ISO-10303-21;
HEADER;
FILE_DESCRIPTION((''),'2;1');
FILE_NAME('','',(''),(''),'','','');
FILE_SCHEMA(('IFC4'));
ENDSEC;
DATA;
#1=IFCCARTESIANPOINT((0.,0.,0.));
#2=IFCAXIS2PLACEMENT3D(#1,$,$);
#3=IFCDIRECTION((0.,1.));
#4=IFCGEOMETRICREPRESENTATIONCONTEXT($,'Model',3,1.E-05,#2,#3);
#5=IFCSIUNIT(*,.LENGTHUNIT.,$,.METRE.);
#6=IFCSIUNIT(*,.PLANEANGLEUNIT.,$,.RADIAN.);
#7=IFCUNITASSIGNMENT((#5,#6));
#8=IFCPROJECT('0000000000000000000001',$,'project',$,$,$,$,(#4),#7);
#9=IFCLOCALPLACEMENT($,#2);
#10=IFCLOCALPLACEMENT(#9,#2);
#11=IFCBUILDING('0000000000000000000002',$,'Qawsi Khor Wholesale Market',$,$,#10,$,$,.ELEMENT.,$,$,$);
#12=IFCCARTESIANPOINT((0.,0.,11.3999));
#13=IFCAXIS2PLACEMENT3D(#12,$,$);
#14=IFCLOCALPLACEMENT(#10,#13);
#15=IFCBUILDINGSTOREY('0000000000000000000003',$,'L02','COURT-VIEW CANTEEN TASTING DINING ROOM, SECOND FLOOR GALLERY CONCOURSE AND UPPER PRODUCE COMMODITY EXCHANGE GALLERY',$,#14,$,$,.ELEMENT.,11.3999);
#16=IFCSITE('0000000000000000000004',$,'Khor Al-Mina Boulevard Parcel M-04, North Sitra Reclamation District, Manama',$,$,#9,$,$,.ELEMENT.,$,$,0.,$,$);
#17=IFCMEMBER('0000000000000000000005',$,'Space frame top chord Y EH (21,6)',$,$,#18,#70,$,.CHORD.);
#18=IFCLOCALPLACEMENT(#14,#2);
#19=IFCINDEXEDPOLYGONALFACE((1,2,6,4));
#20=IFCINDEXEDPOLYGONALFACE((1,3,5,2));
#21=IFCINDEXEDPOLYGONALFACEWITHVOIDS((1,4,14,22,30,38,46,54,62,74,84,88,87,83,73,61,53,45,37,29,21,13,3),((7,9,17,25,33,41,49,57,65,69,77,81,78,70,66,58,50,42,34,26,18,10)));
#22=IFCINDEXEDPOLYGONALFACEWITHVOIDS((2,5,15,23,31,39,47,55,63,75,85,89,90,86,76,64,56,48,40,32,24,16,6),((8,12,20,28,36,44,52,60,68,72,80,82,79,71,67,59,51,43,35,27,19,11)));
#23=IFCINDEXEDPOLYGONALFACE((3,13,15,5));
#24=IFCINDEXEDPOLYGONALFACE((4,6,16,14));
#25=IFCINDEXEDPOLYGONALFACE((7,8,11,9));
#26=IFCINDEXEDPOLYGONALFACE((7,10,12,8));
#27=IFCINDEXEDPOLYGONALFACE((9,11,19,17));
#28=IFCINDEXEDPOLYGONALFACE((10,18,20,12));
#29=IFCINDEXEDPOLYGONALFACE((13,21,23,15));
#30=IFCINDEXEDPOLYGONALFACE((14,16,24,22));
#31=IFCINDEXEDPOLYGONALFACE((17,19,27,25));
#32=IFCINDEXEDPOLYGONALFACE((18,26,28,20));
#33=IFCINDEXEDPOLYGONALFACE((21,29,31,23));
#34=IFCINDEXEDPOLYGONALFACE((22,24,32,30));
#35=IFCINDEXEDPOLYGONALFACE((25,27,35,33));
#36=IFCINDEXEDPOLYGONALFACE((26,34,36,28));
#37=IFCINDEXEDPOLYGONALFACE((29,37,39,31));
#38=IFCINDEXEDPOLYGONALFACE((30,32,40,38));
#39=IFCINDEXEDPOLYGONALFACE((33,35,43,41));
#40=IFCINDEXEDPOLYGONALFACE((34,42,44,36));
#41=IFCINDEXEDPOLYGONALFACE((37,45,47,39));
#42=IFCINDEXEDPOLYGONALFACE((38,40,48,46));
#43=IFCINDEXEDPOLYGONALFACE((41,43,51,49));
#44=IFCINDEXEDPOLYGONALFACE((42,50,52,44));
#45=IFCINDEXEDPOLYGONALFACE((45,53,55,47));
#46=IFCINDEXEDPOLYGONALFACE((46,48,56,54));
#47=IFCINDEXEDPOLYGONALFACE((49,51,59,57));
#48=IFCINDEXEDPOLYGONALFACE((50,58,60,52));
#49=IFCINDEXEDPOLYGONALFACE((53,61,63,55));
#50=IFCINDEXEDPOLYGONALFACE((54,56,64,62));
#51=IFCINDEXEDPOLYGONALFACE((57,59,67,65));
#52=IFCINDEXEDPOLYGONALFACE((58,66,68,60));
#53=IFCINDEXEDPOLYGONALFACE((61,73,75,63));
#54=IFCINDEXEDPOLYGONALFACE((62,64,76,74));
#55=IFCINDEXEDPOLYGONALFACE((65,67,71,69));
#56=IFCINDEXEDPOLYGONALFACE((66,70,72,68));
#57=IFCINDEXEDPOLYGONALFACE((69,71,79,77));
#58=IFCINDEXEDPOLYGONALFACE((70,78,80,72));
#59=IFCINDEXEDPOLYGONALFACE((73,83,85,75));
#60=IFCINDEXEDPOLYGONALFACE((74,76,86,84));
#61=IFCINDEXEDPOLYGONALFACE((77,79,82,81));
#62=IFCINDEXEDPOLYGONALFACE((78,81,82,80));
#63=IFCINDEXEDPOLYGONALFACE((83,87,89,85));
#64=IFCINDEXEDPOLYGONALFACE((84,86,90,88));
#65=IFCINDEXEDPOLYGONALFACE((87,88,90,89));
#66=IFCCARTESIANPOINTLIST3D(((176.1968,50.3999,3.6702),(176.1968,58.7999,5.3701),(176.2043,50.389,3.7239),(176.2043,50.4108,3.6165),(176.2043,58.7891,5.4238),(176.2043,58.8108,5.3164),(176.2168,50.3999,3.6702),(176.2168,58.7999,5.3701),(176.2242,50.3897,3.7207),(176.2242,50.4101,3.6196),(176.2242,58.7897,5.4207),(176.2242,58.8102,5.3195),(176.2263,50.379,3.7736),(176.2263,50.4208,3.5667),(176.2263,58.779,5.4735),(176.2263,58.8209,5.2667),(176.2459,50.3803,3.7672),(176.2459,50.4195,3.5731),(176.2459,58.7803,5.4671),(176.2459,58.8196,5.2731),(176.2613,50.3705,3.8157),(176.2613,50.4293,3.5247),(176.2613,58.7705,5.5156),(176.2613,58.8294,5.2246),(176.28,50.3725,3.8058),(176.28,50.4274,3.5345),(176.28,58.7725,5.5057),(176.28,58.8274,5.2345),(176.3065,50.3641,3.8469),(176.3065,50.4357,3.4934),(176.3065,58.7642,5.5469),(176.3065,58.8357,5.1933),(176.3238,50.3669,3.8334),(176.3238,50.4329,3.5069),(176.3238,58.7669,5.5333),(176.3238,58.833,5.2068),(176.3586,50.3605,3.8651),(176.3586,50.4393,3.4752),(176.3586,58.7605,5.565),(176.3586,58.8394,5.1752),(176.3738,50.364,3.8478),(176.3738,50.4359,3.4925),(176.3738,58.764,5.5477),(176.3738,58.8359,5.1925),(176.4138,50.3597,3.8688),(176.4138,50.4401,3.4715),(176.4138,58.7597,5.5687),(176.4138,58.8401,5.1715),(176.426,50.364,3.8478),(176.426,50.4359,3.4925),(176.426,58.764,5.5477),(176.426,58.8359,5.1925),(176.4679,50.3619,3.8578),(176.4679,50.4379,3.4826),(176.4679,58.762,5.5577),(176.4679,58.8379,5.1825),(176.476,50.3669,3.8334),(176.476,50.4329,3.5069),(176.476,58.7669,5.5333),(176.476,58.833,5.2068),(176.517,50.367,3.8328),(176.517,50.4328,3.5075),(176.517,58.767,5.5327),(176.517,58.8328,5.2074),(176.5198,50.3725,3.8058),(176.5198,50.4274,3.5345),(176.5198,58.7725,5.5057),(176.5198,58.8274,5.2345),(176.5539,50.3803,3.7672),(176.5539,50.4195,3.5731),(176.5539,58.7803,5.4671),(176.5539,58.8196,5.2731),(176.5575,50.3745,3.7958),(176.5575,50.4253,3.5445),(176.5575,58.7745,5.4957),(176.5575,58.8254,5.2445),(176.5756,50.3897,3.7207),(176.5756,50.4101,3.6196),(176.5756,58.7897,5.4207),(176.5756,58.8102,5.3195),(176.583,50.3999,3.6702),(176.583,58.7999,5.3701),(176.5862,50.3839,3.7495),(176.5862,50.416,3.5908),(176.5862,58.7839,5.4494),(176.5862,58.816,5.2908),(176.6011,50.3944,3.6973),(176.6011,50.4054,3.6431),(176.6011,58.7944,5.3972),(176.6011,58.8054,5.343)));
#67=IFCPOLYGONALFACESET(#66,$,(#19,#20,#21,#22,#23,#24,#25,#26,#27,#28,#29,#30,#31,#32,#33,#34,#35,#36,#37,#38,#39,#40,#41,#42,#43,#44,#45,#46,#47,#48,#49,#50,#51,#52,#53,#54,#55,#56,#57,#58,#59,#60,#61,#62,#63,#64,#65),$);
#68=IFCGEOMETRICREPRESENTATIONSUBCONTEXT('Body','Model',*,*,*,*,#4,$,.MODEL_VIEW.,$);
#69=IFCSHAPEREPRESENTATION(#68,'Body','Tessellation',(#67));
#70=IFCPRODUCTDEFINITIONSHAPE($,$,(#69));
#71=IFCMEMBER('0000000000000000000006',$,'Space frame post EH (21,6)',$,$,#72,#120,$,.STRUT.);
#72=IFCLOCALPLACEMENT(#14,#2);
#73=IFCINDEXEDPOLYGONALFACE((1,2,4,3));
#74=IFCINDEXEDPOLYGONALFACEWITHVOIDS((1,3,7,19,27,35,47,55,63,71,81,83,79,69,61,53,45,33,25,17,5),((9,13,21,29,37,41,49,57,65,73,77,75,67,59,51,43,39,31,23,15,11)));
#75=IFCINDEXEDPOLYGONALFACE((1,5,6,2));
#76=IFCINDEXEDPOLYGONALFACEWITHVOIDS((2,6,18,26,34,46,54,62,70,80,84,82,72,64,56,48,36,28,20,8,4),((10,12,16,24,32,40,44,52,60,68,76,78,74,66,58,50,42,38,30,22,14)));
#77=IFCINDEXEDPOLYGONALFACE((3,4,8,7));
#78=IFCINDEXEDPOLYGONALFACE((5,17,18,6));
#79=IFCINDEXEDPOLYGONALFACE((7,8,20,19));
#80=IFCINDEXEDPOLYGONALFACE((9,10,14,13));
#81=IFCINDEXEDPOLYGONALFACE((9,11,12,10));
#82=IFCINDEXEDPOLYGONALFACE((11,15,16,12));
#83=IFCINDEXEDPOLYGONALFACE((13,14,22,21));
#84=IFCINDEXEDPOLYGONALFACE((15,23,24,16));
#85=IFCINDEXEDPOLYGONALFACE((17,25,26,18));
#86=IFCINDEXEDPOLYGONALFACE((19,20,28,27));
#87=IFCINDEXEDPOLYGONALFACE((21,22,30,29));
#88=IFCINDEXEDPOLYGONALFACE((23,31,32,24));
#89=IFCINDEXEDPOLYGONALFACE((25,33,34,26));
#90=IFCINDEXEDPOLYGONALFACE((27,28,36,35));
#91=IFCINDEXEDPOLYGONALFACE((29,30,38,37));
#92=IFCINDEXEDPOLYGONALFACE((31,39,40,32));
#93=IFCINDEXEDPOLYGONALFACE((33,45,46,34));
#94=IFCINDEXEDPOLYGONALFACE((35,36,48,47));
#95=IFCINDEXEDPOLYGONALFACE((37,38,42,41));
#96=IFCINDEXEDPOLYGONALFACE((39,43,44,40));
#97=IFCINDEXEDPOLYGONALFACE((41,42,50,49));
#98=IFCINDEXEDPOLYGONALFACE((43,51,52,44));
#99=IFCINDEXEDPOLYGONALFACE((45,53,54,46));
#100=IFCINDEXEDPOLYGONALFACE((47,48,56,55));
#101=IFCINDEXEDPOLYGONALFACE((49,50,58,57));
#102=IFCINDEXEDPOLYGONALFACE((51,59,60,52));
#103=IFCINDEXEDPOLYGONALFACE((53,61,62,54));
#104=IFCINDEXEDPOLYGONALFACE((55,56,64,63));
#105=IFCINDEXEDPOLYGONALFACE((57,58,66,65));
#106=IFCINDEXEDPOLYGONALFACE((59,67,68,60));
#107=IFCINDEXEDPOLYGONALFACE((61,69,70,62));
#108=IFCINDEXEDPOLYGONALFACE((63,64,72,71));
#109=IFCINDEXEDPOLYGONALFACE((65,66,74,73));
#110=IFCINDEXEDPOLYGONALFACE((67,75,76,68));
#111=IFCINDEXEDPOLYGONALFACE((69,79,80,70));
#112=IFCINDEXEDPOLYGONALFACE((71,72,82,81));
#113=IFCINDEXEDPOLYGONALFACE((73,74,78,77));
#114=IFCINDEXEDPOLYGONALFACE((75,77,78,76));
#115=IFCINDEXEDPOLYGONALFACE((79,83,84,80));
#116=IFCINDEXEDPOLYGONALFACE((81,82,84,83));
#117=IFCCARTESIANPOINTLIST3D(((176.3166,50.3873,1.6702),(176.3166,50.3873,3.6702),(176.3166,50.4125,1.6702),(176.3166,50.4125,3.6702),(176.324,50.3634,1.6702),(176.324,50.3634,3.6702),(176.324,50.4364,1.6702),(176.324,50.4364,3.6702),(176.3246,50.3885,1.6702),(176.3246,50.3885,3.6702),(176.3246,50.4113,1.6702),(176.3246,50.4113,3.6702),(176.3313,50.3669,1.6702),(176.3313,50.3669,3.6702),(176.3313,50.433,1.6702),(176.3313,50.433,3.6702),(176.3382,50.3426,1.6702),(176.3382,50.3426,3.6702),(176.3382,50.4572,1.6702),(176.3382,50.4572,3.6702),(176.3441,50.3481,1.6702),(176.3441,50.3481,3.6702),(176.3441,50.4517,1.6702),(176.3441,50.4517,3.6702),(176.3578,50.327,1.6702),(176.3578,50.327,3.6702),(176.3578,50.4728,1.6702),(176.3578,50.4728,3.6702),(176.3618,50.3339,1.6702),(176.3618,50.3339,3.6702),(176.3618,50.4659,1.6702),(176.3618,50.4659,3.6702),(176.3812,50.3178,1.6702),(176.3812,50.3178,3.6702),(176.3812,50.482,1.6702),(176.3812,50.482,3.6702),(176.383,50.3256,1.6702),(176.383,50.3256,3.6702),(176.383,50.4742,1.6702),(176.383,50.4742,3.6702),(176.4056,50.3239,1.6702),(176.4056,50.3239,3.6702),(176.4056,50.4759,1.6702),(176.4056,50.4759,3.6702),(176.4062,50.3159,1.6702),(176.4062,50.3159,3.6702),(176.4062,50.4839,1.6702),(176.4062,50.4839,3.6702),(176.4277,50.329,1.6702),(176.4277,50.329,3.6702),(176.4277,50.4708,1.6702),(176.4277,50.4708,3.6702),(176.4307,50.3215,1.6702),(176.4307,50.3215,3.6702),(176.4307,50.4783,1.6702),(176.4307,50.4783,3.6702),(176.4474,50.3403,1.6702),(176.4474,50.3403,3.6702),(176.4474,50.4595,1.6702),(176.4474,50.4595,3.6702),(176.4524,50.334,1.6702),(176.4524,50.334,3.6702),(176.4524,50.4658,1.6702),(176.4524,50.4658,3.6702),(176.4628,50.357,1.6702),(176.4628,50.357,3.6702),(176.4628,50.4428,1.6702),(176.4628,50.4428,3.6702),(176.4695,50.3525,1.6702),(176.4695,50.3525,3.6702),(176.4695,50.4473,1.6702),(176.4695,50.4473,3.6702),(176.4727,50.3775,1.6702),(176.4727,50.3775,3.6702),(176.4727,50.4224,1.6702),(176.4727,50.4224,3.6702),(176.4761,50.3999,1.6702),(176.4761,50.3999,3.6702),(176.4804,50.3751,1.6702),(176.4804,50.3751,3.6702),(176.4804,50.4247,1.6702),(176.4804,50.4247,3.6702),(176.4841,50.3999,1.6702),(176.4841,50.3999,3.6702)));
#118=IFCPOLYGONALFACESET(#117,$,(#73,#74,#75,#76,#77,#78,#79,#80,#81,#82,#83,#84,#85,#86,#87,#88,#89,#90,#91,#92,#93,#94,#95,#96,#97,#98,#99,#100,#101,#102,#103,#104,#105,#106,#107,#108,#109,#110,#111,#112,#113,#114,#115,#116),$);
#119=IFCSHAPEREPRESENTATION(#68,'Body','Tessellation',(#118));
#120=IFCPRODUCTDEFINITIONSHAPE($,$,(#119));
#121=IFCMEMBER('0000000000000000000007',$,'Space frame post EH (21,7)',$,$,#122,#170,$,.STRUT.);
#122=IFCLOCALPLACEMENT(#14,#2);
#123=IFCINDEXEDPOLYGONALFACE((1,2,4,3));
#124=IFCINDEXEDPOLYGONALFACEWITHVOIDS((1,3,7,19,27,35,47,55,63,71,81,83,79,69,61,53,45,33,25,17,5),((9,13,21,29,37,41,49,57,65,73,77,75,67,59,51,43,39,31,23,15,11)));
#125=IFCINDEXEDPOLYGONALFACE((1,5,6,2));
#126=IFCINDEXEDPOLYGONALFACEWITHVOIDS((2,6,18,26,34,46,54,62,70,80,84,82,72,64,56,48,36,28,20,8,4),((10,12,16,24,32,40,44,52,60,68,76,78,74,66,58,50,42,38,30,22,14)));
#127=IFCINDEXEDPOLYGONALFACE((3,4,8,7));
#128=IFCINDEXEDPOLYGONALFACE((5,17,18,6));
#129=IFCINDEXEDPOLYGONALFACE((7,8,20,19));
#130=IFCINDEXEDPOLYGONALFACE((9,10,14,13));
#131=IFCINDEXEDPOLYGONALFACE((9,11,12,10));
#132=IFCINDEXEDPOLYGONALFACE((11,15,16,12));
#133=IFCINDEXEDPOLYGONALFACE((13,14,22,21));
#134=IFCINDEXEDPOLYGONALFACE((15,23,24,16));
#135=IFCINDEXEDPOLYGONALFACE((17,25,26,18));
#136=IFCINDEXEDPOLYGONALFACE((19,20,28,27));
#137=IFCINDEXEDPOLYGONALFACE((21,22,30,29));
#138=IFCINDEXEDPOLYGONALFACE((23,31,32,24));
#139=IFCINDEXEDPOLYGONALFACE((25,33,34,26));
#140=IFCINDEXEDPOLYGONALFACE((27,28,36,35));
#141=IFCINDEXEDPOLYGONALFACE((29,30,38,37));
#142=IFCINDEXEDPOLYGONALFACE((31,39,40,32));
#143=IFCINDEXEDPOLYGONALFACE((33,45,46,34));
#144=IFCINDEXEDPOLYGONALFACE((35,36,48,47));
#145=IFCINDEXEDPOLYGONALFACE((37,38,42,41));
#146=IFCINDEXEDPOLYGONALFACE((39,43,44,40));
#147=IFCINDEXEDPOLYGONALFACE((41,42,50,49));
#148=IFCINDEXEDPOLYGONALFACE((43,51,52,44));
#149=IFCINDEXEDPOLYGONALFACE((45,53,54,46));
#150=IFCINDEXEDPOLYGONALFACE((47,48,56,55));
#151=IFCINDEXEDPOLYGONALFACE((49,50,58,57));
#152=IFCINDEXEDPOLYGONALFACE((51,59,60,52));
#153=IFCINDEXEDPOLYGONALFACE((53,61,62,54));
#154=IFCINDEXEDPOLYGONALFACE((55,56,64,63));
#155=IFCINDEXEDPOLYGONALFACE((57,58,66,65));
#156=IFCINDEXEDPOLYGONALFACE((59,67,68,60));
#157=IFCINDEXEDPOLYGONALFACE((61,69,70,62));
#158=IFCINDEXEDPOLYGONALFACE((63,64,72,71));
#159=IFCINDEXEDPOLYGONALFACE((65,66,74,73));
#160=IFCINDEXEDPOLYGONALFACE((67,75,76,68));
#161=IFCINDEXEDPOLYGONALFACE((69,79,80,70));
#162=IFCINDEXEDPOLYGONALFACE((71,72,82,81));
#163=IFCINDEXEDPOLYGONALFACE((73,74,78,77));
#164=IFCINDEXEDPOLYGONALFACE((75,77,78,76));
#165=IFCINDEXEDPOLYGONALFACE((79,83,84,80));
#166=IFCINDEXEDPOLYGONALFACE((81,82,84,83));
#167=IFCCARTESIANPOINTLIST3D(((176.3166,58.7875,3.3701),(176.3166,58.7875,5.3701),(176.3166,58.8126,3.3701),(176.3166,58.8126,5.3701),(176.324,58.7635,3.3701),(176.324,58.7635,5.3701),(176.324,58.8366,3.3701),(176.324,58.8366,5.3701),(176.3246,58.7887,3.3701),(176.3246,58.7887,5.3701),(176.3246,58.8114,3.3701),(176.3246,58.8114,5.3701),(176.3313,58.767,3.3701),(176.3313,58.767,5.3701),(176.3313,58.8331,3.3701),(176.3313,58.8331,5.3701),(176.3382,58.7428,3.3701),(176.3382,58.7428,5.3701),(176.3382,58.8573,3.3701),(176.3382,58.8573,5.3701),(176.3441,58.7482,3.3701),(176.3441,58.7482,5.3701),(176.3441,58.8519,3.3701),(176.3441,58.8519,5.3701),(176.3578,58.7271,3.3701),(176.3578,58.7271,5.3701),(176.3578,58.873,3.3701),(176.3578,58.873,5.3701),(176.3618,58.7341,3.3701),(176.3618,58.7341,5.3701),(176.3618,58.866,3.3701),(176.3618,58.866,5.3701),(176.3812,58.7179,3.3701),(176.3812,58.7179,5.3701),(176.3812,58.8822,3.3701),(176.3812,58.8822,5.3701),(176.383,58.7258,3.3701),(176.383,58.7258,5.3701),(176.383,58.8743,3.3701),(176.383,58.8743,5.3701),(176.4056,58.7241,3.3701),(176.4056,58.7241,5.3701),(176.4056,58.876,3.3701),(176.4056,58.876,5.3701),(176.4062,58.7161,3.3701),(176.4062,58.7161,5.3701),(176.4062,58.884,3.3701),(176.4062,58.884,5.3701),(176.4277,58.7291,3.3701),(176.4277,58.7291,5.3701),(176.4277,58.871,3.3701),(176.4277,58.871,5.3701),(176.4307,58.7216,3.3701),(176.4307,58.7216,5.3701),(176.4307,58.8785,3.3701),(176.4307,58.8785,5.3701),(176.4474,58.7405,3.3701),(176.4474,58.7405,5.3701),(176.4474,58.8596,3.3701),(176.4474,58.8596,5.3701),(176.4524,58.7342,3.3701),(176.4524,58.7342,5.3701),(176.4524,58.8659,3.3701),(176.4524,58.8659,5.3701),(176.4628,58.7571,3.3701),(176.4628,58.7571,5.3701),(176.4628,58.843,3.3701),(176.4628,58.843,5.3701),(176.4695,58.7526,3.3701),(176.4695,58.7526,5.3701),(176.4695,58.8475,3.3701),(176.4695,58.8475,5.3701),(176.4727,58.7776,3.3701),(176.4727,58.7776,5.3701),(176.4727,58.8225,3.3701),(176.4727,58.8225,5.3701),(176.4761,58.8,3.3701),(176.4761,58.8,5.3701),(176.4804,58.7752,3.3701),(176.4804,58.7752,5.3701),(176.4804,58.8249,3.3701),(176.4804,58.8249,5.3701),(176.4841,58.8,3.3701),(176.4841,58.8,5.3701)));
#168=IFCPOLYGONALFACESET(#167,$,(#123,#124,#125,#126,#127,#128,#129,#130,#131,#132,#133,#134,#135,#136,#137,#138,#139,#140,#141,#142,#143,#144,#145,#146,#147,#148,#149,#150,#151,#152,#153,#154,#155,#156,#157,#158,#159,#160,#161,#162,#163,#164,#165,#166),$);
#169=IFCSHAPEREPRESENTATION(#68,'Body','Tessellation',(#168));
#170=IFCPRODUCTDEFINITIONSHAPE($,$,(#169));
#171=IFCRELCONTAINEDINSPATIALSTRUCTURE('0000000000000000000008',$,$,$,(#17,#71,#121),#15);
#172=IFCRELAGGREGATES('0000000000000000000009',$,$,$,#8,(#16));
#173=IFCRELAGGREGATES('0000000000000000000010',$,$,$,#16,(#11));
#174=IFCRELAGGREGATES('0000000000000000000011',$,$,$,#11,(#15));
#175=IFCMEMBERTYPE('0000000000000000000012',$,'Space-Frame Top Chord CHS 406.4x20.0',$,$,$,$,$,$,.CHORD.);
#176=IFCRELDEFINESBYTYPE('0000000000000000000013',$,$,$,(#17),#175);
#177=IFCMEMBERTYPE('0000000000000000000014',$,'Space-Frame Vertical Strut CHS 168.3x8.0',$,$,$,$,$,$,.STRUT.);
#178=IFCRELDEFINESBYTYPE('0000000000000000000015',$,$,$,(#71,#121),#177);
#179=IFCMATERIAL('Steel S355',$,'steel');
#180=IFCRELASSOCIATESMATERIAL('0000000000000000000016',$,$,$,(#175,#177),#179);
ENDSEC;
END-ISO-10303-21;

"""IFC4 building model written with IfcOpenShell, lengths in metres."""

from ifc_helpers import new_model, si_unit, direction, frame, origin, origin_2d, place, context, subcontext, project, spatial, hollow_circle, extrude, material, material_profile, profile_set, type_object, element, save


model = new_model("IFC4")

# Units and contexts
model_context = context("Model", 3, precision=1e-05, world=origin(), true_north=direction((0.0, 1.0)))
body_context = subcontext(model_context, "Body", "Model", "MODEL_VIEW")
ifc_project = project(units=[si_unit("LENGTHUNIT", "METRE"), si_unit("PLANEANGLEUNIT", "RADIAN")], contexts=[model_context])

# Site, building, storey
site_placement = place(None, origin())
site = spatial("IfcSite", under=ifc_project, at=site_placement, Name="Khor Al-Mina Boulevard Parcel M-04, North Sitra Reclamation District, Manama", CompositionType="ELEMENT", RefElevation=0.0)
building_placement = place(site_placement, origin())
building = spatial("IfcBuilding", under=site, at=building_placement, Name="Qawsi Khor Wholesale Market", CompositionType="ELEMENT")
storey_placement = place(building_placement, frame((0.0, 0.0, 11.3999)))
storey = spatial("IfcBuildingStorey", under=building, at=storey_placement, Name="L02", Description="COURT-VIEW CANTEEN TASTING DINING ROOM, SECOND FLOOR GALLERY CONCOURSE AND UPPER PRODUCE COMMODITY EXCHANGE GALLERY", CompositionType="ELEMENT", Elevation=11.3999)

# Members
ifc_material_1 = material(Name="Steel S355", Category="steel")
ifc_material_profile_1 = material_profile(ifc_material_1, hollow_circle(Radius=0.2031, WallThickness=0.02, at=origin_2d()), Name="CHS 406.4x20.0")
ifc_profile_set_1 = profile_set([ifc_material_profile_1], Name="Steel S355")
member_type_1 = type_object("IfcMemberType", Name="Space-Frame Top Chord CHS 406.4x20.0", PredefinedType="CHORD", material=ifc_profile_set_1)
member_1_placement = place(storey_placement, frame((176.3999, 50.3999, 3.6702), z_axis=(0.0, 0.980131, 0.198351), x_axis=(-1.0, 0.0, 0.0)))
element("IfcMember", 1, at=member_1_placement, inside=storey, type_object=member_type_1, Name="Space frame top chord Y EH (21,6)", PredefinedType="CHORD", context=body_context, shape_type="SweptSolid", body=[
    extrude(hollow_circle(Radius=0.2031, WallThickness=0.02, at=origin_2d()), origin(), (0.0, 0.0, 1.0), 8.5703),
])
ifc_material_profile_2 = material_profile(ifc_material_1, hollow_circle(Radius=0.0842, WallThickness=0.0081, at=origin_2d()), Name="CHS 168.3x8.0")
ifc_profile_set_2 = profile_set([ifc_material_profile_2], Name="Steel S355")
member_type_2 = type_object("IfcMemberType", Name="Space-Frame Vertical Strut CHS 168.3x8.0", PredefinedType="STRUT", material=ifc_profile_set_2)
for number, where, z_axis, x_axis, name in (
    (2, (176.3999, 50.3999, 1.6702), (0.0, 0.0, 1.0), (1.0, 0.0, 0.0), "Space frame post EH (21,6)"),
    (3, (176.3999, 58.8, 3.3701), (0.0, 0.0, 1.0), (1.0, 0.0, 0.0), "Space frame post EH (21,7)"),
):
    element("IfcMember", number, at=place(storey_placement, frame(where, z_axis=z_axis, x_axis=x_axis)), inside=storey, type_object=member_type_2, Name=name, PredefinedType="STRUT", context=body_context, shape_type="SweptSolid", body=[
        extrude(hollow_circle(Radius=0.0842, WallThickness=0.0081, at=origin_2d()), origin(), (0.0, 0.0, 1.0), 2.0),
    ])

save(model, "model.ifc")
